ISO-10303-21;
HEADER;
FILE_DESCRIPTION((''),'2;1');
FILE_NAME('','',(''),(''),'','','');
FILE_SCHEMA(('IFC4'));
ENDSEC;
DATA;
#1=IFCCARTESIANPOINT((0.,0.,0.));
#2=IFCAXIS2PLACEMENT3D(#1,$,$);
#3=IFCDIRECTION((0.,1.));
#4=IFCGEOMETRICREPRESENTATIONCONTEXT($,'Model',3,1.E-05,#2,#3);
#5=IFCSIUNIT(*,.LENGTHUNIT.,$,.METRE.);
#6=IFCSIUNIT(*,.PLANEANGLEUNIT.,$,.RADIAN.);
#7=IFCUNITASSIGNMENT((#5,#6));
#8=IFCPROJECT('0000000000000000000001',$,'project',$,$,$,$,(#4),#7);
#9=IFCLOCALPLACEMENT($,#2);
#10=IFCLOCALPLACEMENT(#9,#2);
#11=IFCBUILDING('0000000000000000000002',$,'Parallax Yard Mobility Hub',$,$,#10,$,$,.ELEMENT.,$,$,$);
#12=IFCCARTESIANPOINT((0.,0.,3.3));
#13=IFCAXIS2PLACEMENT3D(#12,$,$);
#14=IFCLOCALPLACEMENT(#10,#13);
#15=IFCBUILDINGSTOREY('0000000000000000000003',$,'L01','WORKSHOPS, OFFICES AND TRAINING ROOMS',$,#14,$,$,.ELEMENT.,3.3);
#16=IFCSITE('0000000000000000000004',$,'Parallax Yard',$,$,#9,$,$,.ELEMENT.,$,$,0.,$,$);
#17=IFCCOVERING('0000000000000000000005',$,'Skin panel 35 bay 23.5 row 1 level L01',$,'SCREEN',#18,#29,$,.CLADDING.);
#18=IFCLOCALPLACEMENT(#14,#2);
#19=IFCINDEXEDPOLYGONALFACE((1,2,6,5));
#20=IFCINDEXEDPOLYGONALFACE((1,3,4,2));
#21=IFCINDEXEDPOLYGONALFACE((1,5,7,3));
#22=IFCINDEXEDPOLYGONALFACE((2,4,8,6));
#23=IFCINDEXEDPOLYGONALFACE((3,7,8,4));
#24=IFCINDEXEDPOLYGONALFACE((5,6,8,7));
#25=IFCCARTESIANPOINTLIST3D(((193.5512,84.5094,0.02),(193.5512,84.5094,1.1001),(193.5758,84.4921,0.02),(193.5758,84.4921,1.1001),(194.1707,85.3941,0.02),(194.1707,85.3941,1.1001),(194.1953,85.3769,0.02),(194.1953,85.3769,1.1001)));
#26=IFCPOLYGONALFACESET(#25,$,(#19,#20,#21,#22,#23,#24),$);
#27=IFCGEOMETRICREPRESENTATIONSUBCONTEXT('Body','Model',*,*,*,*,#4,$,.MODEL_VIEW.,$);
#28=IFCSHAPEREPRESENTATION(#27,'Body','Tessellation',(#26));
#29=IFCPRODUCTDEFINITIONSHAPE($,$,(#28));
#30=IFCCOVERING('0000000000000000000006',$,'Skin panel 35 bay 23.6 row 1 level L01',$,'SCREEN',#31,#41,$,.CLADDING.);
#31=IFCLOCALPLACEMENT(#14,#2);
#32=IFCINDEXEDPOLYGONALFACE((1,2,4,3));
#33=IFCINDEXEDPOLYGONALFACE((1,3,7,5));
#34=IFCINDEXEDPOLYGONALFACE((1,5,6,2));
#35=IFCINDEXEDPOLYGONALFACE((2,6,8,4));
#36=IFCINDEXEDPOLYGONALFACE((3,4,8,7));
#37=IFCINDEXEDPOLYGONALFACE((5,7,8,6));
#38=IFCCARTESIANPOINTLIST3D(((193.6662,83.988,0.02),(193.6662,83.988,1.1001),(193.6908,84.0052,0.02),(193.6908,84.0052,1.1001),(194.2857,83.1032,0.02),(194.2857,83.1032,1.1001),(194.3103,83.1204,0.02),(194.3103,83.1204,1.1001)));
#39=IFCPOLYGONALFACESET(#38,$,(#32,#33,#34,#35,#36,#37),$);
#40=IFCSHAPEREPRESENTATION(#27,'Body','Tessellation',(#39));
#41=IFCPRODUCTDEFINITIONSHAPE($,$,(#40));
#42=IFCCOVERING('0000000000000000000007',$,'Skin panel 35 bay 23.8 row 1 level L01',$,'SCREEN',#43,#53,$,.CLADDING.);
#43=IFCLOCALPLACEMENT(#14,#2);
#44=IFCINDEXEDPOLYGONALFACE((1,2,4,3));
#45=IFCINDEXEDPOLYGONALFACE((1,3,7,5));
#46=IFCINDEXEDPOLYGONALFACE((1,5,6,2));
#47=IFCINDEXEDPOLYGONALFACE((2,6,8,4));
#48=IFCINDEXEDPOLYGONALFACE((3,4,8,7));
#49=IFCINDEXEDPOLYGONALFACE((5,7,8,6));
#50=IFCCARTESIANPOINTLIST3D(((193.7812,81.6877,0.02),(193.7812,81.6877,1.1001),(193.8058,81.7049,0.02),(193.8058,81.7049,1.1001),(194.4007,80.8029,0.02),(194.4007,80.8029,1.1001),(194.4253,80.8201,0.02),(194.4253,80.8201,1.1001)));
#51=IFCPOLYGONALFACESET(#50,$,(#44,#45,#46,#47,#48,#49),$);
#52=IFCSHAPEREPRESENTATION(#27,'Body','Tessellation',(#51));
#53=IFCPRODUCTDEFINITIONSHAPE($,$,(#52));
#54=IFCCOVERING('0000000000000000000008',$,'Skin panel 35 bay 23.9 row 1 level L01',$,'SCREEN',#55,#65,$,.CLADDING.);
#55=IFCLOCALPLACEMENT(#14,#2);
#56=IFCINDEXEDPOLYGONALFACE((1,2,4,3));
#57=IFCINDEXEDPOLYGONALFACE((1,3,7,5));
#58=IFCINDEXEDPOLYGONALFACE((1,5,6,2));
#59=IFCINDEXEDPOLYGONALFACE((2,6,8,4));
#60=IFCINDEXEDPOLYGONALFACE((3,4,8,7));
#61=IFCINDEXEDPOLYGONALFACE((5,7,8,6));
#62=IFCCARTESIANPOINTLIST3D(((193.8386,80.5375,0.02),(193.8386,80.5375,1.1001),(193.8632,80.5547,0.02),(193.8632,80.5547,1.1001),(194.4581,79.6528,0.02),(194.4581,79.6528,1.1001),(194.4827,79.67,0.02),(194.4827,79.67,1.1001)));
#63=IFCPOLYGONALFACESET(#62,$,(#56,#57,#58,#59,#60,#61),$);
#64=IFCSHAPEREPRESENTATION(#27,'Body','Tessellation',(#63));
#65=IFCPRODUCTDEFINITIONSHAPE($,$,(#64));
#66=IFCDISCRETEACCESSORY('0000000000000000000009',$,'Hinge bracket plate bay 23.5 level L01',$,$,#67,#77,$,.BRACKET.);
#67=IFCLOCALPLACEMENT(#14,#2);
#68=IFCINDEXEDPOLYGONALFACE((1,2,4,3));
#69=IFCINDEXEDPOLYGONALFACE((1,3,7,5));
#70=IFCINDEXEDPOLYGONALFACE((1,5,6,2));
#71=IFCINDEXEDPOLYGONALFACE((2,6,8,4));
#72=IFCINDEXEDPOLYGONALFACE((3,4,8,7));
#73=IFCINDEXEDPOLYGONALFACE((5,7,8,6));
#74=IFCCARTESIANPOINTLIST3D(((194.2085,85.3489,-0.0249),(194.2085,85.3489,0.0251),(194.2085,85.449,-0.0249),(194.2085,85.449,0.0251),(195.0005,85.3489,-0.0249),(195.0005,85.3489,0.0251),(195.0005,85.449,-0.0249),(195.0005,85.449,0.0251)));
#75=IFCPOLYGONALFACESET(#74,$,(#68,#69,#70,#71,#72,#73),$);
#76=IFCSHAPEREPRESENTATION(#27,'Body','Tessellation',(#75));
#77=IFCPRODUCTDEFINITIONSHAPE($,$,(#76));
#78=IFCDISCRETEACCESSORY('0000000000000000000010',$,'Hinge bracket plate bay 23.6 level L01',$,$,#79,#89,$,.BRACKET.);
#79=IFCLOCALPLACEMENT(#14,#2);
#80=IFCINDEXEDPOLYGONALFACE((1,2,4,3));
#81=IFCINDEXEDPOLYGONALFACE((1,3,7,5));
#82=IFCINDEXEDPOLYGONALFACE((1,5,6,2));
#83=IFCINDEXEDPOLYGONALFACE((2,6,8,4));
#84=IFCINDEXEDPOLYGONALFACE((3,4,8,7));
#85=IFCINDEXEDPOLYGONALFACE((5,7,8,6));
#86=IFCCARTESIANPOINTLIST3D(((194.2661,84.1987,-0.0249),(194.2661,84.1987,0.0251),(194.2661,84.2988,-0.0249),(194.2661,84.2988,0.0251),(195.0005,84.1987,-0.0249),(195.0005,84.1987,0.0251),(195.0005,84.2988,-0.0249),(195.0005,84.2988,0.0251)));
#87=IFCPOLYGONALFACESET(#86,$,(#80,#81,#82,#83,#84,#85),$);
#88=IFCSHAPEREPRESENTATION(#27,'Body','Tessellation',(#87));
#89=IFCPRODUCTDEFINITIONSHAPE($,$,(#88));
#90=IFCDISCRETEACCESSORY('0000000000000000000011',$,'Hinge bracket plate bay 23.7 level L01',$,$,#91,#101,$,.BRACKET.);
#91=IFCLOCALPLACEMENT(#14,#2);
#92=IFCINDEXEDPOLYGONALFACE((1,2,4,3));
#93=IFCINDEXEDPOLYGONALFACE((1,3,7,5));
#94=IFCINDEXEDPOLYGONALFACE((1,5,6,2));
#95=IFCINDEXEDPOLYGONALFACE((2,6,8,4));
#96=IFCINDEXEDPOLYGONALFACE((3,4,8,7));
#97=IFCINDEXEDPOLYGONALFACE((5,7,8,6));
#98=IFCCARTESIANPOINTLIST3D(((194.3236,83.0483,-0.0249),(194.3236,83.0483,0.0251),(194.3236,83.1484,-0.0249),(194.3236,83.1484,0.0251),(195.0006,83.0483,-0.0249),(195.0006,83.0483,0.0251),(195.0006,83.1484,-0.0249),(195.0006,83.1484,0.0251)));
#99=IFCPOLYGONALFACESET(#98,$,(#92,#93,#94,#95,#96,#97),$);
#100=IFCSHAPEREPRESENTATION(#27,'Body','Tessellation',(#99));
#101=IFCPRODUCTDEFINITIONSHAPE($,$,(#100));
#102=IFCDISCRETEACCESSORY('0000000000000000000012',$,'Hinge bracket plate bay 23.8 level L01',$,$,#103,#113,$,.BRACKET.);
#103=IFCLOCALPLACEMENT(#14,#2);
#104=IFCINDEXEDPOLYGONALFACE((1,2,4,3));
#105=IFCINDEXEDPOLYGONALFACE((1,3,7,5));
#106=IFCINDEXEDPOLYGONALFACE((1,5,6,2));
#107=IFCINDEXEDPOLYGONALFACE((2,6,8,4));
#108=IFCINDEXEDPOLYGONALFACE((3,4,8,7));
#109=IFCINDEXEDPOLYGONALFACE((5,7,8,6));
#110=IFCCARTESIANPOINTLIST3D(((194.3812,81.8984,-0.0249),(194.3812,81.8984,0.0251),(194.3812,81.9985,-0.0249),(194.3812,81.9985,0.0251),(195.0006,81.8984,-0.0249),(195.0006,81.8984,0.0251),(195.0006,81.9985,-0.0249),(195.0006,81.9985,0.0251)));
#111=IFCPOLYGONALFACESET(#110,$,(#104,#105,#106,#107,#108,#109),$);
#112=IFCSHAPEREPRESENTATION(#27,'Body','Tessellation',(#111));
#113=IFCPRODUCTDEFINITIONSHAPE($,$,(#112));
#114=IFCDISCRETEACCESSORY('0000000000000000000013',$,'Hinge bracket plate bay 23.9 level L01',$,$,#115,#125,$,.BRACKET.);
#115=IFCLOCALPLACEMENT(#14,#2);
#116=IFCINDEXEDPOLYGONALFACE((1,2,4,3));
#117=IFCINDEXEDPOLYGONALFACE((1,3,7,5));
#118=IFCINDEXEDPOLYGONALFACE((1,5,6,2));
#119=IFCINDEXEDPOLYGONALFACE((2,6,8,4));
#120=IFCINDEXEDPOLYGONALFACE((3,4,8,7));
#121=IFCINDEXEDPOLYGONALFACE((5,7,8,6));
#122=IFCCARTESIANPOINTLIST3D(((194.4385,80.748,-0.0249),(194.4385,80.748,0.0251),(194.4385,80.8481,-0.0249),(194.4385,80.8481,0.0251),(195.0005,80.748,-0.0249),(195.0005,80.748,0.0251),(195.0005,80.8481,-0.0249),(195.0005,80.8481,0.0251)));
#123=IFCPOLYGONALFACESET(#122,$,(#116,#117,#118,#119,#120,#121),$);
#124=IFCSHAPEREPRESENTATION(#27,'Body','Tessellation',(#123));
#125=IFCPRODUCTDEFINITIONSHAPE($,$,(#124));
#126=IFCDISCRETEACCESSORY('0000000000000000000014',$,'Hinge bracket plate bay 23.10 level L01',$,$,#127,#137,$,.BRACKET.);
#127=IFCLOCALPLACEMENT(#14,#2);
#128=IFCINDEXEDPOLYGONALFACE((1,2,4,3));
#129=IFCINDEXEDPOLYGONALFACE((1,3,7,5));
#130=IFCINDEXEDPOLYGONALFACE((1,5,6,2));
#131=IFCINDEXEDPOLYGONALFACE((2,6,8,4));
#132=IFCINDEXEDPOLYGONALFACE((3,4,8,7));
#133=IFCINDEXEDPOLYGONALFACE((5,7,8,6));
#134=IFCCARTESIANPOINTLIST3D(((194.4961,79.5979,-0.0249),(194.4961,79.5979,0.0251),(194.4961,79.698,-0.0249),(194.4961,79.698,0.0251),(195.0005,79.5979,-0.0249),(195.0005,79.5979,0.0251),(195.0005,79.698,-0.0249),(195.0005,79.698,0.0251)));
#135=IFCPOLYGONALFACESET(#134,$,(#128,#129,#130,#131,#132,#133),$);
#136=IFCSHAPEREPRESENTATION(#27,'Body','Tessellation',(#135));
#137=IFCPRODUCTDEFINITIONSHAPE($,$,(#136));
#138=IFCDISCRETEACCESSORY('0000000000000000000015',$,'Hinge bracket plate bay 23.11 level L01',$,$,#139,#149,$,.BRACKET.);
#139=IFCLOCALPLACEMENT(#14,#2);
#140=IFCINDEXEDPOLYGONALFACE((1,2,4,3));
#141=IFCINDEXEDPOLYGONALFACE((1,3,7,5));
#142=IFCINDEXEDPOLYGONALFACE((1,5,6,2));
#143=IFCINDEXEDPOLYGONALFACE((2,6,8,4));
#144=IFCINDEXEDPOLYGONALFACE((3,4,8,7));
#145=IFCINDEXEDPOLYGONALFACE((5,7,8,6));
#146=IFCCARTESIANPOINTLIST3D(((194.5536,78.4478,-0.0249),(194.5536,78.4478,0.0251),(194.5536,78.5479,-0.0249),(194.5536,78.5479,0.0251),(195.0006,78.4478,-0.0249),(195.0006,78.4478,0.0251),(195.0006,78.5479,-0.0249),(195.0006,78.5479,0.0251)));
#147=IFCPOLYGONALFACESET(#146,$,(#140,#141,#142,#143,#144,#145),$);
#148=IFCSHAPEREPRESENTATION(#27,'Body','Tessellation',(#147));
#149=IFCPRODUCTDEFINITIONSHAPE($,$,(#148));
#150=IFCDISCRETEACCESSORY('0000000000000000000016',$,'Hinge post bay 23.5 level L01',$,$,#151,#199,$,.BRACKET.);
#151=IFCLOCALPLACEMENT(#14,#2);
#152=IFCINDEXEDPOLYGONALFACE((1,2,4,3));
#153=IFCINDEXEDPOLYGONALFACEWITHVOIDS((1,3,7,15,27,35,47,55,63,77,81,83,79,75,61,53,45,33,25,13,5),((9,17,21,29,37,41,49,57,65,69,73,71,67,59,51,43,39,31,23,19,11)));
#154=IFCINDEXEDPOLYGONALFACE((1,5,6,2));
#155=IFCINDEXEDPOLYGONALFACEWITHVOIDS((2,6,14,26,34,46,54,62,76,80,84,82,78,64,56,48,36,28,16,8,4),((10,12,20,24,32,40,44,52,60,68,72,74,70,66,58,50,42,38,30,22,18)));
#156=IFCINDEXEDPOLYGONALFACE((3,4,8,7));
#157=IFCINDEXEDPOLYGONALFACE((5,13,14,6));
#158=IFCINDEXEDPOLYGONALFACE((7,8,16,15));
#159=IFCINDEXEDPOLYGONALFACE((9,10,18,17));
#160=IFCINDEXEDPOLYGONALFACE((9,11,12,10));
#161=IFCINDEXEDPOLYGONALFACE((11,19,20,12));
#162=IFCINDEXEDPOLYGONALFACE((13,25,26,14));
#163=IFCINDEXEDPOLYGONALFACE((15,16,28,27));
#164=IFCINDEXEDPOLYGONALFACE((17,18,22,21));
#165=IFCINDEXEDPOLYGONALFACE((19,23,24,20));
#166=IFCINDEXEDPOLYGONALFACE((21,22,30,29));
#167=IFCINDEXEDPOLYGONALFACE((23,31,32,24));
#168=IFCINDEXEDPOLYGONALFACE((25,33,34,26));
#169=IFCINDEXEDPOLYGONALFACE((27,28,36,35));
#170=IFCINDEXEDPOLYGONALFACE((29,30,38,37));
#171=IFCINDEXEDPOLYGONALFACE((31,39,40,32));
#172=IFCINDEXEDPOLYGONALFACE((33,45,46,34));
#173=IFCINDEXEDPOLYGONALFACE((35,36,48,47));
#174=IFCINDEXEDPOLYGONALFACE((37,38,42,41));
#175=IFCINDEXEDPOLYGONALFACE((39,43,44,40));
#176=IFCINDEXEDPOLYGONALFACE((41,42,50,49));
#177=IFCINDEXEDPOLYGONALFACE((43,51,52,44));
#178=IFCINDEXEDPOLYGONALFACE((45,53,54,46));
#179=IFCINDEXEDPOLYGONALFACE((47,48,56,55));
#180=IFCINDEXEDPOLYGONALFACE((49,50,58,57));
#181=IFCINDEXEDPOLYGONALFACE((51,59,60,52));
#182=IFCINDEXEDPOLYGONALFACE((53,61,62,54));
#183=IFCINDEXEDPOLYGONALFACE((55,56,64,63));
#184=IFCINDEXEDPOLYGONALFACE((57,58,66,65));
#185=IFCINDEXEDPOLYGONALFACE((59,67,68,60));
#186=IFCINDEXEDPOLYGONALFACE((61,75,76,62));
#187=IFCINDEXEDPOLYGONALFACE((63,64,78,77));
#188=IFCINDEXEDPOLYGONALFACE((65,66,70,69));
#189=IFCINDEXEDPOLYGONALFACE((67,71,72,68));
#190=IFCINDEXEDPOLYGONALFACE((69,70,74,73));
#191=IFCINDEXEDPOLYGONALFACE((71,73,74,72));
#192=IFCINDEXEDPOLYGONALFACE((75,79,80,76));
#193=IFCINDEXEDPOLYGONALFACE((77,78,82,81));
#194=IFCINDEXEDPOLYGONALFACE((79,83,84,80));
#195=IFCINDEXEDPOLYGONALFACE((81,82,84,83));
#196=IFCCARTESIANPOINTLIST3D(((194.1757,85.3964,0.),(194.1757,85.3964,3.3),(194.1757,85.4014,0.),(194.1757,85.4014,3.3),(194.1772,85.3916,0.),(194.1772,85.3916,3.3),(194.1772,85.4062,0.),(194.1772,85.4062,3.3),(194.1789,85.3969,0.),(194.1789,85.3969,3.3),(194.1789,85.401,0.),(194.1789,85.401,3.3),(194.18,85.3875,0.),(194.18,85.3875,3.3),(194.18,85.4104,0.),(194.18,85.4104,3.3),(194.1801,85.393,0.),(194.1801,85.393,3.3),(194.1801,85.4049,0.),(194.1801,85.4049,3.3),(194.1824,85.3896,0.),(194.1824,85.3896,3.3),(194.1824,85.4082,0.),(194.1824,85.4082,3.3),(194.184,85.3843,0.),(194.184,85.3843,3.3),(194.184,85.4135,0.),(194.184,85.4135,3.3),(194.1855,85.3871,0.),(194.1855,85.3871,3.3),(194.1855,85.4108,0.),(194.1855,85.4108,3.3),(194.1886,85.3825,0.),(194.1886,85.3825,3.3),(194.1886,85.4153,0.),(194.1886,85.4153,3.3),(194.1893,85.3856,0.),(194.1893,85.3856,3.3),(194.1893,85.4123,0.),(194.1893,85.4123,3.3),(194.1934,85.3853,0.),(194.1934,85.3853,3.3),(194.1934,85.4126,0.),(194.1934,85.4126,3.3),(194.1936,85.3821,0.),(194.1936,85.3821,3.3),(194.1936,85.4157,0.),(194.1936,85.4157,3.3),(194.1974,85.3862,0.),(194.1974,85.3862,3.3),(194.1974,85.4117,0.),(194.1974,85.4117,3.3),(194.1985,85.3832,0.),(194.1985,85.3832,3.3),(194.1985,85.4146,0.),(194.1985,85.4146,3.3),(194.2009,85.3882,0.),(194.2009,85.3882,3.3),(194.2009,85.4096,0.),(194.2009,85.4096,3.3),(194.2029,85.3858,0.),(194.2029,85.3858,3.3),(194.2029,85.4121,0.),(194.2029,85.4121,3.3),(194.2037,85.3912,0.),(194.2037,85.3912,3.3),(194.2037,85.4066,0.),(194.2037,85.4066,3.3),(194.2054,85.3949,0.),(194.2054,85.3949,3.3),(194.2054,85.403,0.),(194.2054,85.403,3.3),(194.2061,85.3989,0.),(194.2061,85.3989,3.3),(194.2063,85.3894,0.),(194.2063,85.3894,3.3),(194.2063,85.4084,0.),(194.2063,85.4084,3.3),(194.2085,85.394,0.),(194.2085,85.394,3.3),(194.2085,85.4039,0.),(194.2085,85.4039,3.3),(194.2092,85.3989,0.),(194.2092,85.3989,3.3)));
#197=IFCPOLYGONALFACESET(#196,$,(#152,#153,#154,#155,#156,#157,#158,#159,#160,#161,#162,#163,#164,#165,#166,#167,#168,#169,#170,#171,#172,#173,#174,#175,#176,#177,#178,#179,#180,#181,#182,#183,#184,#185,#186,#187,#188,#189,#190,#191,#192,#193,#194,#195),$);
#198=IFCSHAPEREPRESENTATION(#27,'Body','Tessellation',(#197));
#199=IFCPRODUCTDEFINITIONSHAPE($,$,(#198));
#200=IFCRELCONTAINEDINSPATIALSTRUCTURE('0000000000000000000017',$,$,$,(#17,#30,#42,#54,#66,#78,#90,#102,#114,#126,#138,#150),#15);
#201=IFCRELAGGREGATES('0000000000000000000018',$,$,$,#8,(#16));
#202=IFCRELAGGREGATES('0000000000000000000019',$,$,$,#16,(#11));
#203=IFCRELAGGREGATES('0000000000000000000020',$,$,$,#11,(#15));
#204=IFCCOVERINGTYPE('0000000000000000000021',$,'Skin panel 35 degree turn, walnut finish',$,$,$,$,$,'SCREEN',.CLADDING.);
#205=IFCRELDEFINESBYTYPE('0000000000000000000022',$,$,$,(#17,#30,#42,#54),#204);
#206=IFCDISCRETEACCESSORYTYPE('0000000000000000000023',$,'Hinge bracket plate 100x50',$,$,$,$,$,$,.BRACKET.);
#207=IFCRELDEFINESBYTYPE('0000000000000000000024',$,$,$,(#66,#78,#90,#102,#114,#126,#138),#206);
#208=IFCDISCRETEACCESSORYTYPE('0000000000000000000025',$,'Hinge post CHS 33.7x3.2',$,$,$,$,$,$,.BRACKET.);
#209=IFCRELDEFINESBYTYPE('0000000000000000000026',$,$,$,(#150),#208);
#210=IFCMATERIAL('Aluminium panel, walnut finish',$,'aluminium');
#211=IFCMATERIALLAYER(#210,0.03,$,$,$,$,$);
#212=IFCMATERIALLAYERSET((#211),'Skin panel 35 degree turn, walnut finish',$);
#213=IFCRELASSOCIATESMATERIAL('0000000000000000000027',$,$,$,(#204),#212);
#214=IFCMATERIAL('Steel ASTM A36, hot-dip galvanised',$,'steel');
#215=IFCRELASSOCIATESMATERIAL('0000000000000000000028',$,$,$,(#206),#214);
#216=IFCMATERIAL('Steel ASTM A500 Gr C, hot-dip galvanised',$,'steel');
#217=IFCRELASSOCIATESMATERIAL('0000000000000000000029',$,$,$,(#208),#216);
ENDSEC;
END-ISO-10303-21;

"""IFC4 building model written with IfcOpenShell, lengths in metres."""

from ifc_helpers import new_model, si_unit, direction, frame, origin, origin_2d, place, context, subcontext, project, spatial, rectangle, hollow_circle, extrude, material, layer, layer_set, material_profile, profile_set, type_object, element, save


model = new_model("IFC4")

# Units and contexts
model_context = context("Model", 3, precision=1e-05, world=origin(), true_north=direction((0.0, 1.0)))
body_context = subcontext(model_context, "Body", "Model", "MODEL_VIEW")
ifc_project = project(units=[si_unit("LENGTHUNIT", "METRE"), si_unit("PLANEANGLEUNIT", "RADIAN")], contexts=[model_context])

# Site, building, storey
site_placement = place(None, origin())
site = spatial("IfcSite", under=ifc_project, at=site_placement, Name="Parallax Yard", CompositionType="ELEMENT", RefElevation=0.0)
building_placement = place(site_placement, origin())
building = spatial("IfcBuilding", under=site, at=building_placement, Name="Parallax Yard Mobility Hub", CompositionType="ELEMENT")
storey_placement = place(building_placement, frame((0.0, 0.0, 3.3)))
storey = spatial("IfcBuildingStorey", under=building, at=storey_placement, Name="L01", Description="WORKSHOPS, OFFICES AND TRAINING ROOMS", CompositionType="ELEMENT", Elevation=3.3)

# Coverings
ifc_material_1 = material(Name="Aluminium panel, walnut finish", Category="aluminium")
ifc_layer_1 = layer(ifc_material_1, 0.03)
ifc_layer_set_1 = layer_set([ifc_layer_1], Name="Skin panel 35 degree turn, walnut finish")
covering_type_1 = type_object("IfcCoveringType", Name="Skin panel 35 degree turn, walnut finish", ElementType="SCREEN", PredefinedType="CLADDING", material=ifc_layer_set_1)
for number, where, z_axis, x_axis, name in (
    (1, (193.8733, 84.9431, 0.02), (0.0, 0.0, 1.0), (-0.573576, -0.819152, 0.0), "Skin panel 35 bay 23.5 row 1 level L01"),
    (2, (193.9883, 83.5542, 0.02), (0.0, 0.0, 1.0), (-0.573576, 0.819152, 0.0), "Skin panel 35 bay 23.6 row 1 level L01"),
    (3, (194.1033, 81.2539, 0.02), (0.0, 0.0, 1.0), (-0.573576, 0.819152, 0.0), "Skin panel 35 bay 23.8 row 1 level L01"),
    (4, (194.1606, 80.1038, 0.02), (0.0, 0.0, 1.0), (-0.573576, 0.819152, 0.0), "Skin panel 35 bay 23.9 row 1 level L01"),
):
    element("IfcCovering", number, at=place(storey_placement, frame(where, z_axis=z_axis, x_axis=x_axis)), inside=storey, type_object=covering_type_1, Name=name, ObjectType="SCREEN", PredefinedType="CLADDING", context=body_context, shape_type="SweptSolid", body=[
        extrude(rectangle(XDim=1.0801, YDim=0.03, at=origin_2d()), origin(), (0.0, 0.0, 1.0), 1.0801),
    ])

# Discrete accessories
ifc_material_2 = material(Name="Steel ASTM A36, hot-dip galvanised", Category="steel")
discrete_accessory_type_1 = type_object("IfcDiscreteAccessoryType", Name="Hinge bracket plate 100x50", PredefinedType="BRACKET", material=ifc_material_2)
discrete_accessory_1_placement = place(storey_placement, frame((194.6045, 85.3989, -0.0249), z_axis=(0.0, 0.0, 1.0), x_axis=(-1.0, 0.0, 0.0)))
element("IfcDiscreteAccessory", 5, at=discrete_accessory_1_placement, inside=storey, type_object=discrete_accessory_type_1, Name="Hinge bracket plate bay 23.5 level L01", PredefinedType="BRACKET", context=body_context, shape_type="SweptSolid", body=[
    extrude(rectangle(XDim=0.792, YDim=0.1001, at=origin_2d()), origin(), (0.0, 0.0, 1.0), 0.05),
])
discrete_accessory_2_placement = place(storey_placement, frame((194.6333, 84.2488, -0.0249), z_axis=(0.0, 0.0, 1.0), x_axis=(-1.0, 0.0, 0.0)))
element("IfcDiscreteAccessory", 6, at=discrete_accessory_2_placement, inside=storey, type_object=discrete_accessory_type_1, Name="Hinge bracket plate bay 23.6 level L01", PredefinedType="BRACKET", context=body_context, shape_type="SweptSolid", body=[
    extrude(rectangle(XDim=0.7344, YDim=0.1001, at=origin_2d()), origin(), (0.0, 0.0, 1.0), 0.05),
])
discrete_accessory_3_placement = place(storey_placement, frame((194.6621, 83.0984, -0.0249), z_axis=(0.0, 0.0, 1.0), x_axis=(-1.0, 0.0, 0.0)))
element("IfcDiscreteAccessory", 7, at=discrete_accessory_3_placement, inside=storey, type_object=discrete_accessory_type_1, Name="Hinge bracket plate bay 23.7 level L01", PredefinedType="BRACKET", context=body_context, shape_type="SweptSolid", body=[
    extrude(rectangle(XDim=0.677, YDim=0.1001, at=origin_2d()), origin(), (0.0, 0.0, 1.0), 0.05),
])
discrete_accessory_4_placement = place(storey_placement, frame((194.6909, 81.9485, -0.0249), z_axis=(0.0, 0.0, 1.0), x_axis=(-1.0, 0.0, 0.0)))
element("IfcDiscreteAccessory", 8, at=discrete_accessory_4_placement, inside=storey, type_object=discrete_accessory_type_1, Name="Hinge bracket plate bay 23.8 level L01", PredefinedType="BRACKET", context=body_context, shape_type="SweptSolid", body=[
    extrude(rectangle(XDim=0.6194, YDim=0.1001, at=origin_2d()), origin(), (0.0, 0.0, 1.0), 0.05),
])
discrete_accessory_5_placement = place(storey_placement, frame((194.7195, 80.7981, -0.0249), z_axis=(0.0, 0.0, 1.0), x_axis=(-1.0, 0.0, 0.0)))
element("IfcDiscreteAccessory", 9, at=discrete_accessory_5_placement, inside=storey, type_object=discrete_accessory_type_1, Name="Hinge bracket plate bay 23.9 level L01", PredefinedType="BRACKET", context=body_context, shape_type="SweptSolid", body=[
    extrude(rectangle(XDim=0.562, YDim=0.1001, at=origin_2d()), origin(), (0.0, 0.0, 1.0), 0.05),
])
discrete_accessory_6_placement = place(storey_placement, frame((194.7483, 79.6479, -0.0249), z_axis=(0.0, 0.0, 1.0), x_axis=(-1.0, 0.0, 0.0)))
element("IfcDiscreteAccessory", 10, at=discrete_accessory_6_placement, inside=storey, type_object=discrete_accessory_type_1, Name="Hinge bracket plate bay 23.10 level L01", PredefinedType="BRACKET", context=body_context, shape_type="SweptSolid", body=[
    extrude(rectangle(XDim=0.5044, YDim=0.1001, at=origin_2d()), origin(), (0.0, 0.0, 1.0), 0.05),
])
discrete_accessory_7_placement = place(storey_placement, frame((194.7771, 78.4978, -0.0249), z_axis=(0.0, 0.0, 1.0), x_axis=(-1.0, 0.0, 0.0)))
element("IfcDiscreteAccessory", 11, at=discrete_accessory_7_placement, inside=storey, type_object=discrete_accessory_type_1, Name="Hinge bracket plate bay 23.11 level L01", PredefinedType="BRACKET", context=body_context, shape_type="SweptSolid", body=[
    extrude(rectangle(XDim=0.447, YDim=0.1001, at=origin_2d()), origin(), (0.0, 0.0, 1.0), 0.05),
])
ifc_material_3 = material(Name="Steel ASTM A500 Gr C, hot-dip galvanised", Category="steel")
ifc_material_profile = material_profile(ifc_material_3, hollow_circle(Radius=0.0168, WallThickness=0.0032, at=origin_2d()), Name="CHS 33.7x3.2")
ifc_profile_set = profile_set([ifc_material_profile], Name="Steel ASTM A500 Gr C, hot-dip galvanised")
discrete_accessory_type_2 = type_object("IfcDiscreteAccessoryType", Name="Hinge post CHS 33.7x3.2", PredefinedType="BRACKET", material=ifc_profile_set)
for number, where, z_axis, x_axis, name in (
    (12, (194.1924, 85.3989, 0.0), (0.0, 0.0, 1.0), (1.0, 0.0, 0.0), "Hinge post bay 23.5 level L01"),
):
    element("IfcDiscreteAccessory", number, at=place(storey_placement, frame(where, z_axis=z_axis, x_axis=x_axis)), inside=storey, type_object=discrete_accessory_type_2, Name=name, PredefinedType="BRACKET", context=body_context, shape_type="SweptSolid", body=[
        extrude(hollow_circle(Radius=0.0168, WallThickness=0.0032, at=origin_2d()), origin(), (0.0, 0.0, 1.0), 3.3),
    ])

save(model, "model.ifc")
